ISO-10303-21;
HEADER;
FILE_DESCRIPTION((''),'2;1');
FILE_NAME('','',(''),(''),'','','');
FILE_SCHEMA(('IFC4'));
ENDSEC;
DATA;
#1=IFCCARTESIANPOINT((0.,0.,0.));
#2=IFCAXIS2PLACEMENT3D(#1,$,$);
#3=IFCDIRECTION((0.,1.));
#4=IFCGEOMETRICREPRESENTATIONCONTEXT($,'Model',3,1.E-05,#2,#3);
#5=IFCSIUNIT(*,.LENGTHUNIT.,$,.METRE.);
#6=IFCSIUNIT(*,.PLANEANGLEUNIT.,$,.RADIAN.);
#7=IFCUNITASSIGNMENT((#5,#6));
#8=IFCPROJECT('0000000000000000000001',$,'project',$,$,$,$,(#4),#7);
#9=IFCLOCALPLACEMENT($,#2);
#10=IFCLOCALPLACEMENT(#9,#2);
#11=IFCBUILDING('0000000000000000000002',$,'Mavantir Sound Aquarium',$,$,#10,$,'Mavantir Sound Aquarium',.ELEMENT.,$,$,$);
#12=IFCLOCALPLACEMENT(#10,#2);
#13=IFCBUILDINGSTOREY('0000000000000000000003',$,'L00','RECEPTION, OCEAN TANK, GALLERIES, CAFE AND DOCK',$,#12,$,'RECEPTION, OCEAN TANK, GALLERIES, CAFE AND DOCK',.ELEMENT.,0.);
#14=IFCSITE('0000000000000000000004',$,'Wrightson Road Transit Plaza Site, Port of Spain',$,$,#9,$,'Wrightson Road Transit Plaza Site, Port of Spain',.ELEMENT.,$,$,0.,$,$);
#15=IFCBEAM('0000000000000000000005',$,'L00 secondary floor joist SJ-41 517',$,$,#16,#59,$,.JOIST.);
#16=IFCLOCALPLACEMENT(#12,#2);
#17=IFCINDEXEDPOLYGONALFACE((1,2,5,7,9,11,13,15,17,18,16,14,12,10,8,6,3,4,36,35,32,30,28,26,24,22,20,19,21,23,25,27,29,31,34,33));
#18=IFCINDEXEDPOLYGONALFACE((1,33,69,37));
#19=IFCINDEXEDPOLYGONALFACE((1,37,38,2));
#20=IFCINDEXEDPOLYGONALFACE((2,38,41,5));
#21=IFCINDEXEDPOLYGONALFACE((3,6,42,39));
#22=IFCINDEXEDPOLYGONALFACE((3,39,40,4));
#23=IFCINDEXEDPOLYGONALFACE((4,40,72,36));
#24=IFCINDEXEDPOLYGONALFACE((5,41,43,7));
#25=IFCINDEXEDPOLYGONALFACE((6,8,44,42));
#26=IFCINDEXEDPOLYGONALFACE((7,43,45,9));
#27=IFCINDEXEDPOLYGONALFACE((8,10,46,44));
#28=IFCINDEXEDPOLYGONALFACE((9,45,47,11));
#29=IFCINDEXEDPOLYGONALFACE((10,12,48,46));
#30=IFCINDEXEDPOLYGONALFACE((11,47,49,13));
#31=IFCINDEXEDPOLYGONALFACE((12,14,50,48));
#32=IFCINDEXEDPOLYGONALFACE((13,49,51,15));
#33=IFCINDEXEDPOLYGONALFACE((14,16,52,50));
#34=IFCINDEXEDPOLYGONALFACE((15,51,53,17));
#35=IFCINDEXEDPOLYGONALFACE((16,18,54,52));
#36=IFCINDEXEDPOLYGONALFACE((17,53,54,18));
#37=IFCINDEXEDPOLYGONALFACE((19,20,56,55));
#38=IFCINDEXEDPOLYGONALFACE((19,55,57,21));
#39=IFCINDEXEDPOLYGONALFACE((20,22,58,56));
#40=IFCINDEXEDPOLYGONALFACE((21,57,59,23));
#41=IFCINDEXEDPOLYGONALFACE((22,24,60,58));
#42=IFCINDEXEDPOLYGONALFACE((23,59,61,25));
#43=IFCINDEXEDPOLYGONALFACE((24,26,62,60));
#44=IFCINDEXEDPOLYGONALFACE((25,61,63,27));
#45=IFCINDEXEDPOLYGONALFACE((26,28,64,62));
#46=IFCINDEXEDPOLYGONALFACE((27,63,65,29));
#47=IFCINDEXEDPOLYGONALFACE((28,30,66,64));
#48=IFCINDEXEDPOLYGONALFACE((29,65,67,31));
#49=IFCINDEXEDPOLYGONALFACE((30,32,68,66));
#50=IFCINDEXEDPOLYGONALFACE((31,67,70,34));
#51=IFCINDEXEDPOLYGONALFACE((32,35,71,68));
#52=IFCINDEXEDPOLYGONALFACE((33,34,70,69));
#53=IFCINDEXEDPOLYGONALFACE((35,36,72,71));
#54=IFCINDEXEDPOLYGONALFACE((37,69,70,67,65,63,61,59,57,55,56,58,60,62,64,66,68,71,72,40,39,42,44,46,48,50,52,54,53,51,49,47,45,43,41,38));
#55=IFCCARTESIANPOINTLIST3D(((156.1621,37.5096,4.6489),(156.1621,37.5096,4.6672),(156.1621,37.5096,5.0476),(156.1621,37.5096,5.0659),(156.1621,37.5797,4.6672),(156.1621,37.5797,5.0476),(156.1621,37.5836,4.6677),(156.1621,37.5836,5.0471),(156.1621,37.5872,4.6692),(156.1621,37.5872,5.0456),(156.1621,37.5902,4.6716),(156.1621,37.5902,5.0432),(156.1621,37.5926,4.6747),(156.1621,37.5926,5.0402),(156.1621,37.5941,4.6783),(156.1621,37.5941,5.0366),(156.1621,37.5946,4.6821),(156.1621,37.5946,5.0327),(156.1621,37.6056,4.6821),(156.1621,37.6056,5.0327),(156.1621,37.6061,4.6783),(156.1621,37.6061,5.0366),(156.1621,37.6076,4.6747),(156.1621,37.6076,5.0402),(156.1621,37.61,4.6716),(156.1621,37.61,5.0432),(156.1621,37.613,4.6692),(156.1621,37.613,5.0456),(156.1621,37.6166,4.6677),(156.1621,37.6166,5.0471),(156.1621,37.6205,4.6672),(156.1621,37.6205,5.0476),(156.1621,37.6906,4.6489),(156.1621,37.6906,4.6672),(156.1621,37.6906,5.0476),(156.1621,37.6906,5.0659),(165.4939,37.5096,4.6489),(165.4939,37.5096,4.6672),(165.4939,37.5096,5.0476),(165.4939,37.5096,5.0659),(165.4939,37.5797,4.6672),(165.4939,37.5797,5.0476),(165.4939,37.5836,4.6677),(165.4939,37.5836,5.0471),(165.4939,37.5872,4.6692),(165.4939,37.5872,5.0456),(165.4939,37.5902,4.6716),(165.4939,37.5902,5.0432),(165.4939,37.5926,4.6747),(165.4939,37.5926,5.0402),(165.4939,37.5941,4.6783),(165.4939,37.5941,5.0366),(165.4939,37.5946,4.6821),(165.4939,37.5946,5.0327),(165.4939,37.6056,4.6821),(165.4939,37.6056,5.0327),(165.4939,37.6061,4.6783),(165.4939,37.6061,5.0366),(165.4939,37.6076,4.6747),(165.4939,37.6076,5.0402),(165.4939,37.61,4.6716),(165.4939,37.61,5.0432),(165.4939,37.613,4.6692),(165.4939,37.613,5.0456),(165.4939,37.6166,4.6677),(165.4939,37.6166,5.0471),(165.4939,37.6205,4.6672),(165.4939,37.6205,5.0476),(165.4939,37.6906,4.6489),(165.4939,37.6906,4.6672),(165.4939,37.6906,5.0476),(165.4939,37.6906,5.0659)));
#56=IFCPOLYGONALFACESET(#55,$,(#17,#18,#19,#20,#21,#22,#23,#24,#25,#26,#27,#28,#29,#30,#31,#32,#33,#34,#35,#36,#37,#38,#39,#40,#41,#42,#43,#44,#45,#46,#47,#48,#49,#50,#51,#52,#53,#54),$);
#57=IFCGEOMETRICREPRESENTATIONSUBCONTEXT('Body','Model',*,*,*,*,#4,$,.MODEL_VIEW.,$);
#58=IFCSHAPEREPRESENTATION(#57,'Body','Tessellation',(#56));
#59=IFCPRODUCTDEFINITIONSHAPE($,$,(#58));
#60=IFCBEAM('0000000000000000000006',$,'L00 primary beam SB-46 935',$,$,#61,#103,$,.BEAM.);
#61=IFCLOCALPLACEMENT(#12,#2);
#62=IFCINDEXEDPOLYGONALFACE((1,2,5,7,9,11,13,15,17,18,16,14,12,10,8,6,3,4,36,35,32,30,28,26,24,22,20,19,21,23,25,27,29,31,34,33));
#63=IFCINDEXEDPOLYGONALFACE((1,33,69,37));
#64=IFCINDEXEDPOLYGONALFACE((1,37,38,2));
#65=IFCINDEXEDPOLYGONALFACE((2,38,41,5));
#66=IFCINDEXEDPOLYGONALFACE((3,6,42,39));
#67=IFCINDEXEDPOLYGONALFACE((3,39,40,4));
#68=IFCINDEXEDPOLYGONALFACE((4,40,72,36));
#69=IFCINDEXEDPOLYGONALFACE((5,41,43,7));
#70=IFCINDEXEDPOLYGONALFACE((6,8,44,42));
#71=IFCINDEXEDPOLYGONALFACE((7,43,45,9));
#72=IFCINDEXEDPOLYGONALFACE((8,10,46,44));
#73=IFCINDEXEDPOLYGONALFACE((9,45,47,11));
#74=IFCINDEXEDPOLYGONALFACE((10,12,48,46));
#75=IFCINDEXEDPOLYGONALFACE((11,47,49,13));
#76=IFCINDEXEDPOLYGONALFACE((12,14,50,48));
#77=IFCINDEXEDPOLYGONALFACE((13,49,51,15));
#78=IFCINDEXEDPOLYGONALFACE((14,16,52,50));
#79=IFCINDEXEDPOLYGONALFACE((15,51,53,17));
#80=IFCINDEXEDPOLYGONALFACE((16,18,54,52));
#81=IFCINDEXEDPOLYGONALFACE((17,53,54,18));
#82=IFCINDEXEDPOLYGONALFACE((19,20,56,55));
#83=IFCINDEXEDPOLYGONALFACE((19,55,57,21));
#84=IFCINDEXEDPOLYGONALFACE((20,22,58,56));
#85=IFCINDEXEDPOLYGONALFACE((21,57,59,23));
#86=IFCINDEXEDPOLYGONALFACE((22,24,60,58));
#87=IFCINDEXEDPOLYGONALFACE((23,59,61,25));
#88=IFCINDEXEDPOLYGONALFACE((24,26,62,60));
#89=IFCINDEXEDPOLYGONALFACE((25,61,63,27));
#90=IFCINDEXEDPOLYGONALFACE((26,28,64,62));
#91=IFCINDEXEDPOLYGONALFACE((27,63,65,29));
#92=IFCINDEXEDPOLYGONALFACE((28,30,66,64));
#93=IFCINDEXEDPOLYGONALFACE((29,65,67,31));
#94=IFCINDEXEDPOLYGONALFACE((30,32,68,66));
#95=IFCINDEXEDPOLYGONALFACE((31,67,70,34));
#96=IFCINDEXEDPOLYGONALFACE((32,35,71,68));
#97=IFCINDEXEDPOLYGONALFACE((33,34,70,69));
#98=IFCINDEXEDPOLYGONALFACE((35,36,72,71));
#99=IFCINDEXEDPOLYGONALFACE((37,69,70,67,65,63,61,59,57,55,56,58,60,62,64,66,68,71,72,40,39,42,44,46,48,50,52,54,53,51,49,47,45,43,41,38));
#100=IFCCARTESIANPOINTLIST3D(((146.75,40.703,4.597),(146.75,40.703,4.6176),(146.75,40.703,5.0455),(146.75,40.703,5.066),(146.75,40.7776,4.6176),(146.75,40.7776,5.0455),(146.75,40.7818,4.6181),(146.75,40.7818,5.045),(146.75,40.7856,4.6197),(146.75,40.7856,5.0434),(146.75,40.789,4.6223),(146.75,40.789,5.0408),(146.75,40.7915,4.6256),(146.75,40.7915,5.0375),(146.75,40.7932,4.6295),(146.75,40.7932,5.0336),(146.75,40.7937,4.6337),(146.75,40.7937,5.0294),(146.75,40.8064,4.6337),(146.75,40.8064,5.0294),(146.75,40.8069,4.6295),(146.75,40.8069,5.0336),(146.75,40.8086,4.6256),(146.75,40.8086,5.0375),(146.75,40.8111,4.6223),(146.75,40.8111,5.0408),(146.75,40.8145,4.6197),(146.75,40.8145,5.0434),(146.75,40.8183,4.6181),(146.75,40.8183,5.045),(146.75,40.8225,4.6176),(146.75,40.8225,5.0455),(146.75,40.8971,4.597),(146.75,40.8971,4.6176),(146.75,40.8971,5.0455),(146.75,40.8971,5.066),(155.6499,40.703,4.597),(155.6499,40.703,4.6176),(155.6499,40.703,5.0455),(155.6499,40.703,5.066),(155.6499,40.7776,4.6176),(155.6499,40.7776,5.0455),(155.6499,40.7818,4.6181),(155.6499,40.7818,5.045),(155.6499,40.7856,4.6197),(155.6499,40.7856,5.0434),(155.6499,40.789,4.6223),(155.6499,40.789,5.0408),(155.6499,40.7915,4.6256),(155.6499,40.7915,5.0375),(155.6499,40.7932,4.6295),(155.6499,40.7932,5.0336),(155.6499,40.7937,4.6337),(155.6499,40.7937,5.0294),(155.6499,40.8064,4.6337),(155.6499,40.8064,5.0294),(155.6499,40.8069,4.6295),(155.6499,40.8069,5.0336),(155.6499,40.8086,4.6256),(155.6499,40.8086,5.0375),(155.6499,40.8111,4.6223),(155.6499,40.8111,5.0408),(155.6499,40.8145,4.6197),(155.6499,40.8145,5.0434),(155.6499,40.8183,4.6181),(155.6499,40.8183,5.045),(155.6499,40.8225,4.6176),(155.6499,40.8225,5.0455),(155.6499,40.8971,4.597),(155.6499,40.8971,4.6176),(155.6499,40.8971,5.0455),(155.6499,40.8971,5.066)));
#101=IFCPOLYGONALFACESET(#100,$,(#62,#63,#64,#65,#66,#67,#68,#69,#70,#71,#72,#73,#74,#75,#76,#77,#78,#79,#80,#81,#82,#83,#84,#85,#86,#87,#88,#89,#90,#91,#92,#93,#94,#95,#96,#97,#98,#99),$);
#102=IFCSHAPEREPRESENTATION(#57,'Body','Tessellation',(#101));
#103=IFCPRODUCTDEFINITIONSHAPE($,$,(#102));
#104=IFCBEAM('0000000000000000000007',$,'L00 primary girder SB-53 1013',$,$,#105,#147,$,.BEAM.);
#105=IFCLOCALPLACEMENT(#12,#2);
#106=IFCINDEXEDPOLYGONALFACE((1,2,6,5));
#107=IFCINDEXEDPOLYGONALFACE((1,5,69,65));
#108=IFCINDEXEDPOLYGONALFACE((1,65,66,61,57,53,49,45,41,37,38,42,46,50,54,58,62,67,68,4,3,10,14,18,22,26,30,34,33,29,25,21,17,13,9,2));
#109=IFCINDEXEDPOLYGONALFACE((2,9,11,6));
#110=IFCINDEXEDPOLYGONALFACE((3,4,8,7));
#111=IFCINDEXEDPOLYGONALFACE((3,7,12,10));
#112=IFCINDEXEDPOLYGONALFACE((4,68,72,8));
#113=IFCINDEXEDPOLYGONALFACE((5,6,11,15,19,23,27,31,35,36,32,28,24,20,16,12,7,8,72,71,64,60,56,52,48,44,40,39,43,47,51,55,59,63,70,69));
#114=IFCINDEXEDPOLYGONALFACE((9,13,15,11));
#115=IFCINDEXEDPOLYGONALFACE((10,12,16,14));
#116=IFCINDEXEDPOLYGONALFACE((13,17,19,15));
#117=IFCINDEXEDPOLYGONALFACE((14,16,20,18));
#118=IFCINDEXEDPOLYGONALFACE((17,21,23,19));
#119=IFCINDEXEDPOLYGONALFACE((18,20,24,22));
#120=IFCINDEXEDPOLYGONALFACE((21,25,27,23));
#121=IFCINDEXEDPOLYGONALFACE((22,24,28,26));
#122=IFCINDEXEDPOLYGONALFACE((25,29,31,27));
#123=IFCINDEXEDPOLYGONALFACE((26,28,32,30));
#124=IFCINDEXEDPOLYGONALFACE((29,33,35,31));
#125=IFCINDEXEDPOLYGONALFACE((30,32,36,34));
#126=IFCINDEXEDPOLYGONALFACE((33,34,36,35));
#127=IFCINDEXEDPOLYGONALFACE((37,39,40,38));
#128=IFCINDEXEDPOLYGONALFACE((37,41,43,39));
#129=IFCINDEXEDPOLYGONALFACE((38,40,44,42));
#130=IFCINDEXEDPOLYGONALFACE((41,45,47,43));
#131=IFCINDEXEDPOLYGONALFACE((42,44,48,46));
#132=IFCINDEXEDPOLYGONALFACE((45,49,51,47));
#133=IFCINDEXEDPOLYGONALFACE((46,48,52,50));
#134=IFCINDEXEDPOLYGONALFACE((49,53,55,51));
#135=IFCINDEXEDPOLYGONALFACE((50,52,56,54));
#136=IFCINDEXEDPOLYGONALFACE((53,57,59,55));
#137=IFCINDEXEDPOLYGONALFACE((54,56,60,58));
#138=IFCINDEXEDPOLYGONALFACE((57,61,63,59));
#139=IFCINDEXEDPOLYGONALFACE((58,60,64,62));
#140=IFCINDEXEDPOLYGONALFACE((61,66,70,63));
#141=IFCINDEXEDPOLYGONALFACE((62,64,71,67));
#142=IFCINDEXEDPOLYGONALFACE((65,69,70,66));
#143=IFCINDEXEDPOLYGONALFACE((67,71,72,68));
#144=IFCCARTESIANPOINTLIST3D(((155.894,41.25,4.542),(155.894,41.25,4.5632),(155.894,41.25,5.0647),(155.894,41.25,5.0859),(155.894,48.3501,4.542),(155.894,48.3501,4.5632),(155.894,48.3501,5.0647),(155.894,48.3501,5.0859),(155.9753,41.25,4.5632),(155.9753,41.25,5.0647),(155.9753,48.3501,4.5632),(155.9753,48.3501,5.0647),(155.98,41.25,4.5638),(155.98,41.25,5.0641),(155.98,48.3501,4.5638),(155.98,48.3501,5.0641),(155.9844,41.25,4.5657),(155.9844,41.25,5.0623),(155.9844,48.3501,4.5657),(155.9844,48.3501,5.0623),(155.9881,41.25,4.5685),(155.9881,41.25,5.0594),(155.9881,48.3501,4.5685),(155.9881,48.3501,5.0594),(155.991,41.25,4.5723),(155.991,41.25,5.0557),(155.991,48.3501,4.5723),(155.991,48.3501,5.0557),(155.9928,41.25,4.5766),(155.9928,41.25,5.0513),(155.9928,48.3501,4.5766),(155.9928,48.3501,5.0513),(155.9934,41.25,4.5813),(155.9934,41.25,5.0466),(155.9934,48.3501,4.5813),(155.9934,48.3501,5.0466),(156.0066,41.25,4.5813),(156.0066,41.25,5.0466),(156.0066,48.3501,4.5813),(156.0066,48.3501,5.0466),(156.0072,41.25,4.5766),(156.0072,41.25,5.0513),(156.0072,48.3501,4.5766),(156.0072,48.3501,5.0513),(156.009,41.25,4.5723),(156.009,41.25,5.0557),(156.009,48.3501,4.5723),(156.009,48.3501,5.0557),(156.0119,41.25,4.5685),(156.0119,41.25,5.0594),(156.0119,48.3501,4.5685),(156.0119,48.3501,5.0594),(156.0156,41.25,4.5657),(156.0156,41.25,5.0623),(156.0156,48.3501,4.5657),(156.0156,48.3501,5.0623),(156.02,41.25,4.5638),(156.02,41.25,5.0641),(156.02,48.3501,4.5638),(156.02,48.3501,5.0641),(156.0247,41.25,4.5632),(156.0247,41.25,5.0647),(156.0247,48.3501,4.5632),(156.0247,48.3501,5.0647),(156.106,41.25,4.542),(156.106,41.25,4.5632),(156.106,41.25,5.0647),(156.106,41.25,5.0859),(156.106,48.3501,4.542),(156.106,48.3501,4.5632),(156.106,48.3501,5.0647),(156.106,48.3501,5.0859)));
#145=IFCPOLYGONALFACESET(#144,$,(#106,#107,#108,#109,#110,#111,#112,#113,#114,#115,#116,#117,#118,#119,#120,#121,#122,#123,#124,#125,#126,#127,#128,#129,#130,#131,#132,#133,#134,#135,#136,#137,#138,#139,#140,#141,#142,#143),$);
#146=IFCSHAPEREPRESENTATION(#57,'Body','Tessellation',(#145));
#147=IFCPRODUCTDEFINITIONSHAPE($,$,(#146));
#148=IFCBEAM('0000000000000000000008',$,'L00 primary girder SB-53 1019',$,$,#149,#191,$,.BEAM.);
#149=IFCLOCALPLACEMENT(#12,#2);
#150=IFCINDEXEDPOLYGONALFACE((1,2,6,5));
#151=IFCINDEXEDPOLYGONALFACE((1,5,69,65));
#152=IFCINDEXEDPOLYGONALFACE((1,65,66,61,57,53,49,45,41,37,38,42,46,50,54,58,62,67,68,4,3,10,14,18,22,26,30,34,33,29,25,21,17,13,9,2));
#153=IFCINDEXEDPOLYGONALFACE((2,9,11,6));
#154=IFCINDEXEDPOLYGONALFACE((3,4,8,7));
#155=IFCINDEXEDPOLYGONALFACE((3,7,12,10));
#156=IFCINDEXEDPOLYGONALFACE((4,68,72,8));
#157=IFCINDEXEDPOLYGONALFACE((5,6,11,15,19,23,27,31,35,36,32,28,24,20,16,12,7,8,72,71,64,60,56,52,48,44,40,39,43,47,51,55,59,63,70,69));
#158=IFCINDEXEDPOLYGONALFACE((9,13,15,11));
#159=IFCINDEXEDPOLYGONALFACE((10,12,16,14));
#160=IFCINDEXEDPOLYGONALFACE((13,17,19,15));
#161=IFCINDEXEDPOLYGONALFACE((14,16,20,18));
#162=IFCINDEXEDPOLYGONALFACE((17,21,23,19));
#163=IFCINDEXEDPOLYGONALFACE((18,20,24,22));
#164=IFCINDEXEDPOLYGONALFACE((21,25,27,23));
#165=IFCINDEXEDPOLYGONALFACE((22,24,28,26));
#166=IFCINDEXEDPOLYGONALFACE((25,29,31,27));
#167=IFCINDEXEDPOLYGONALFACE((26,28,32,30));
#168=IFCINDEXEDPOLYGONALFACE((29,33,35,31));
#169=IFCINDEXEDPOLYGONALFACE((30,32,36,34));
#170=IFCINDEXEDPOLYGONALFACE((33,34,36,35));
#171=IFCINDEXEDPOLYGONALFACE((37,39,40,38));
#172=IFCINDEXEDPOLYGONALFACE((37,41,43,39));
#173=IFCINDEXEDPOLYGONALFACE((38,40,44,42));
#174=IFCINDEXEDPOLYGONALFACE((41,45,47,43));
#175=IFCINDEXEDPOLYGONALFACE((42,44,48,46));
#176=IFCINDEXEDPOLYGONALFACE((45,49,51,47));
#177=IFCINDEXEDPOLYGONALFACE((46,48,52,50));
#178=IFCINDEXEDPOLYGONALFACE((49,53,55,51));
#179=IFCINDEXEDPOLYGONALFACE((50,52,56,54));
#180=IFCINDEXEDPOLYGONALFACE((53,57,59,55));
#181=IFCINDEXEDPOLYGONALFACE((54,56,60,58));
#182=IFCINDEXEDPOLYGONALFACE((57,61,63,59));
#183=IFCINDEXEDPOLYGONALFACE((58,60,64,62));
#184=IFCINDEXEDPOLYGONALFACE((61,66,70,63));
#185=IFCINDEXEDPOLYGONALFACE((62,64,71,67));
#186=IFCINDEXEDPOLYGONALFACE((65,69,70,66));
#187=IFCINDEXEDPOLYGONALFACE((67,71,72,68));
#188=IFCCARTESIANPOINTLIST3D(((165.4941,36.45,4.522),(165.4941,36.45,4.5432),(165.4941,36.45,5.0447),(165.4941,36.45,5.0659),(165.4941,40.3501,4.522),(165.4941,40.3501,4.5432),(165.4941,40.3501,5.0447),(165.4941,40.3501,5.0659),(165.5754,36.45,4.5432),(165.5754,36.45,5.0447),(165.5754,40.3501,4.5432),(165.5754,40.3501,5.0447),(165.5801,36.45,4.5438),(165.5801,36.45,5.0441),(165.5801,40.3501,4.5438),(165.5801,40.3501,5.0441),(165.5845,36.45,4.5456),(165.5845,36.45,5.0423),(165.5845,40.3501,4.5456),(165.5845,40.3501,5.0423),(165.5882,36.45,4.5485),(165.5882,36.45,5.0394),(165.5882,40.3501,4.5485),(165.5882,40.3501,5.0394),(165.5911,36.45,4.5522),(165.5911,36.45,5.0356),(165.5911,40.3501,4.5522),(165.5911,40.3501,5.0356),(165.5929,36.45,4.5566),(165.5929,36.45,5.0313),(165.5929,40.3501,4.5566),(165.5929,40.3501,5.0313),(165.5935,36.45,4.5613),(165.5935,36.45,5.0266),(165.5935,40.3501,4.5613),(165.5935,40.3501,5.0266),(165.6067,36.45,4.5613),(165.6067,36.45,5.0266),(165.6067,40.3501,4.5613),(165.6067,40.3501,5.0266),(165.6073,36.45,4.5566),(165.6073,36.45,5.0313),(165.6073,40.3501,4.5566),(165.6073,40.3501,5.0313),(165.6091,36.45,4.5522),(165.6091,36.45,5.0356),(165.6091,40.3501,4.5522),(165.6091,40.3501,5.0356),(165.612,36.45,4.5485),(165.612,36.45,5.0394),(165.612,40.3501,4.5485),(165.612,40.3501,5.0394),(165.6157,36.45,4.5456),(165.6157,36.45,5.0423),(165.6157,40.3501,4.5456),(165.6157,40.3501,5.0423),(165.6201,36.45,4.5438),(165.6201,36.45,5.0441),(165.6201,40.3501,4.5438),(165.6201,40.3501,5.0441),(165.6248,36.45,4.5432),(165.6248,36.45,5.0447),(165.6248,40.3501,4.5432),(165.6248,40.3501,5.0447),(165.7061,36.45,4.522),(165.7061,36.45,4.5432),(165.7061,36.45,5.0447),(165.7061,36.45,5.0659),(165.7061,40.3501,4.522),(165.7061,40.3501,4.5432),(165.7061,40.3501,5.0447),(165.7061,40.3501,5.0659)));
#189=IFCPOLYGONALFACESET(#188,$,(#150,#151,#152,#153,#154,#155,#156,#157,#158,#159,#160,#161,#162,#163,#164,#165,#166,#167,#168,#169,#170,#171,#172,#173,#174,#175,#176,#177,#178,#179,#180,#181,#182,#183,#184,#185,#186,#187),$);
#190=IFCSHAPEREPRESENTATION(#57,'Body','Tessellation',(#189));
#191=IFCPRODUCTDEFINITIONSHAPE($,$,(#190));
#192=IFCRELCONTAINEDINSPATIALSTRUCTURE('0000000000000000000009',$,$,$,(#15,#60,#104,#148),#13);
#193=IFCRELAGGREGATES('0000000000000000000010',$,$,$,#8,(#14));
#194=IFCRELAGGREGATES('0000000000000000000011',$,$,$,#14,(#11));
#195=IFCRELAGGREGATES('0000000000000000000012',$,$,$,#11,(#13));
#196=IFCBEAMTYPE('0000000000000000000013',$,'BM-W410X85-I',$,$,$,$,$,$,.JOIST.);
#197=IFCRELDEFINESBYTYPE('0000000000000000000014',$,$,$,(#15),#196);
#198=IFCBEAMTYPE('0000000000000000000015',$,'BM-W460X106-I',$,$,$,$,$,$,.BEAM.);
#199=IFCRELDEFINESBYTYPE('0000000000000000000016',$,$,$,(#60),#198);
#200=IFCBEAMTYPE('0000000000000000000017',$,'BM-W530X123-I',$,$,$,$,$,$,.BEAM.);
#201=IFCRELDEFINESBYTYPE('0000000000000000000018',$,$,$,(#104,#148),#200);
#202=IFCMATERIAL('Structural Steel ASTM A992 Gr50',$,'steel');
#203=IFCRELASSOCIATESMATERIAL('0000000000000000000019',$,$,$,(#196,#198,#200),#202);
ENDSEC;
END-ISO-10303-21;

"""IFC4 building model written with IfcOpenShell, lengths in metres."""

from ifc_helpers import new_model, si_unit, direction, frame, origin, origin_2d, place, context, subcontext, project, spatial, i_section, extrude, material, material_profile, profile_set, type_object, element, save


model = new_model("IFC4")

# Units and contexts
model_context = context("Model", 3, precision=1e-05, world=origin(), true_north=direction((0.0, 1.0)))
body_context = subcontext(model_context, "Body", "Model", "MODEL_VIEW")
ifc_project = project(units=[si_unit("LENGTHUNIT", "METRE"), si_unit("PLANEANGLEUNIT", "RADIAN")], contexts=[model_context])

# Site, building, storey
site_placement = place(None, origin())
site = spatial("IfcSite", under=ifc_project, at=site_placement, Name="Wrightson Road Transit Plaza Site, Port of Spain", LongName="Wrightson Road Transit Plaza Site, Port of Spain", CompositionType="ELEMENT", RefElevation=0.0)
building_placement = place(site_placement, origin())
building = spatial("IfcBuilding", under=site, at=building_placement, Name="Mavantir Sound Aquarium", LongName="Mavantir Sound Aquarium", CompositionType="ELEMENT")
storey_placement = place(building_placement, origin())
storey = spatial("IfcBuildingStorey", under=building, at=storey_placement, Name="L00", Description="RECEPTION, OCEAN TANK, GALLERIES, CAFE AND DOCK", LongName="RECEPTION, OCEAN TANK, GALLERIES, CAFE AND DOCK", CompositionType="ELEMENT", Elevation=0.0)

# Beams
ifc_material_1 = material(Name="Structural Steel ASTM A992 Gr50", Category="steel")
ifc_material_profile_1 = material_profile(ifc_material_1, i_section(OverallWidth=0.1809, OverallDepth=0.417, WebThickness=0.011, FlangeThickness=0.0183, FilletRadius=0.0149, at=origin_2d()), Name="W410X85")
ifc_profile_set_1 = profile_set([ifc_material_profile_1], Name="Structural Steel ASTM A992 Gr50")
beam_type_1 = type_object("IfcBeamType", Name="BM-W410X85-I", PredefinedType="JOIST", material=ifc_profile_set_1)
beam_1_placement = place(storey_placement, frame((156.1621, 37.6001, 4.8574), z_axis=(1.0, 0.0, 0.0), x_axis=(0.0, 1.0, 0.0)))
element("IfcBeam", 1, at=beam_1_placement, inside=storey, type_object=beam_type_1, Name="L00 secondary floor joist SJ-41 517", PredefinedType="JOIST", context=body_context, shape_type="SweptSolid", body=[
    extrude(i_section(OverallWidth=0.1809, OverallDepth=0.417, WebThickness=0.011, FlangeThickness=0.0183, FilletRadius=0.0149, at=origin_2d()), origin(), (0.0, 0.0, 1.0), 9.3318),
])
ifc_material_profile_2 = material_profile(ifc_material_1, i_section(OverallWidth=0.1941, OverallDepth=0.469, WebThickness=0.0127, FlangeThickness=0.0205, FilletRadius=0.0161, at=origin_2d()), Name="W460X106")
ifc_profile_set_2 = profile_set([ifc_material_profile_2], Name="Structural Steel ASTM A992 Gr50")
beam_type_2 = type_object("IfcBeamType", Name="BM-W460X106-I", PredefinedType="BEAM", material=ifc_profile_set_2)
beam_2_placement = place(storey_placement, frame((146.75, 40.8, 4.8315), z_axis=(1.0, 0.0, 0.0), x_axis=(0.0, 1.0, 0.0)))
element("IfcBeam", 2, at=beam_2_placement, inside=storey, type_object=beam_type_2, Name="L00 primary beam SB-46 935", PredefinedType="BEAM", context=body_context, shape_type="SweptSolid", body=[
    extrude(i_section(OverallWidth=0.1941, OverallDepth=0.469, WebThickness=0.0127, FlangeThickness=0.0205, FilletRadius=0.0161, at=origin_2d()), origin(), (0.0, 0.0, 1.0), 8.8999),
])
ifc_material_profile_3 = material_profile(ifc_material_1, i_section(OverallWidth=0.2119, OverallDepth=0.5439, WebThickness=0.0132, FlangeThickness=0.0212, FilletRadius=0.0181, at=origin_2d()), Name="W530X123")
ifc_profile_set_3 = profile_set([ifc_material_profile_3], Name="Structural Steel ASTM A992 Gr50")
beam_type_3 = type_object("IfcBeamType", Name="BM-W530X123-I", PredefinedType="BEAM", material=ifc_profile_set_3)
beam_3_placement = place(storey_placement, frame((156.0, 41.25, 4.814), z_axis=(0.0, 1.0, 0.0), x_axis=(-1.0, 0.0, 0.0)))
element("IfcBeam", 3, at=beam_3_placement, inside=storey, type_object=beam_type_3, Name="L00 primary girder SB-53 1013", PredefinedType="BEAM", context=body_context, shape_type="SweptSolid", body=[
    extrude(i_section(OverallWidth=0.2119, OverallDepth=0.5439, WebThickness=0.0132, FlangeThickness=0.0212, FilletRadius=0.0181, at=origin_2d()), origin(), (0.0, 0.0, 1.0), 7.1001),
])
beam_4_placement = place(storey_placement, frame((165.6001, 36.45, 4.7939), z_axis=(0.0, 1.0, 0.0), x_axis=(-1.0, 0.0, 0.0)))
element("IfcBeam", 4, at=beam_4_placement, inside=storey, type_object=beam_type_3, Name="L00 primary girder SB-53 1019", PredefinedType="BEAM", context=body_context, shape_type="SweptSolid", body=[
    extrude(i_section(OverallWidth=0.2119, OverallDepth=0.5439, WebThickness=0.0132, FlangeThickness=0.0212, FilletRadius=0.0181, at=origin_2d()), origin(), (0.0, 0.0, 1.0), 3.9001),
])

save(model, "model.ifc")
